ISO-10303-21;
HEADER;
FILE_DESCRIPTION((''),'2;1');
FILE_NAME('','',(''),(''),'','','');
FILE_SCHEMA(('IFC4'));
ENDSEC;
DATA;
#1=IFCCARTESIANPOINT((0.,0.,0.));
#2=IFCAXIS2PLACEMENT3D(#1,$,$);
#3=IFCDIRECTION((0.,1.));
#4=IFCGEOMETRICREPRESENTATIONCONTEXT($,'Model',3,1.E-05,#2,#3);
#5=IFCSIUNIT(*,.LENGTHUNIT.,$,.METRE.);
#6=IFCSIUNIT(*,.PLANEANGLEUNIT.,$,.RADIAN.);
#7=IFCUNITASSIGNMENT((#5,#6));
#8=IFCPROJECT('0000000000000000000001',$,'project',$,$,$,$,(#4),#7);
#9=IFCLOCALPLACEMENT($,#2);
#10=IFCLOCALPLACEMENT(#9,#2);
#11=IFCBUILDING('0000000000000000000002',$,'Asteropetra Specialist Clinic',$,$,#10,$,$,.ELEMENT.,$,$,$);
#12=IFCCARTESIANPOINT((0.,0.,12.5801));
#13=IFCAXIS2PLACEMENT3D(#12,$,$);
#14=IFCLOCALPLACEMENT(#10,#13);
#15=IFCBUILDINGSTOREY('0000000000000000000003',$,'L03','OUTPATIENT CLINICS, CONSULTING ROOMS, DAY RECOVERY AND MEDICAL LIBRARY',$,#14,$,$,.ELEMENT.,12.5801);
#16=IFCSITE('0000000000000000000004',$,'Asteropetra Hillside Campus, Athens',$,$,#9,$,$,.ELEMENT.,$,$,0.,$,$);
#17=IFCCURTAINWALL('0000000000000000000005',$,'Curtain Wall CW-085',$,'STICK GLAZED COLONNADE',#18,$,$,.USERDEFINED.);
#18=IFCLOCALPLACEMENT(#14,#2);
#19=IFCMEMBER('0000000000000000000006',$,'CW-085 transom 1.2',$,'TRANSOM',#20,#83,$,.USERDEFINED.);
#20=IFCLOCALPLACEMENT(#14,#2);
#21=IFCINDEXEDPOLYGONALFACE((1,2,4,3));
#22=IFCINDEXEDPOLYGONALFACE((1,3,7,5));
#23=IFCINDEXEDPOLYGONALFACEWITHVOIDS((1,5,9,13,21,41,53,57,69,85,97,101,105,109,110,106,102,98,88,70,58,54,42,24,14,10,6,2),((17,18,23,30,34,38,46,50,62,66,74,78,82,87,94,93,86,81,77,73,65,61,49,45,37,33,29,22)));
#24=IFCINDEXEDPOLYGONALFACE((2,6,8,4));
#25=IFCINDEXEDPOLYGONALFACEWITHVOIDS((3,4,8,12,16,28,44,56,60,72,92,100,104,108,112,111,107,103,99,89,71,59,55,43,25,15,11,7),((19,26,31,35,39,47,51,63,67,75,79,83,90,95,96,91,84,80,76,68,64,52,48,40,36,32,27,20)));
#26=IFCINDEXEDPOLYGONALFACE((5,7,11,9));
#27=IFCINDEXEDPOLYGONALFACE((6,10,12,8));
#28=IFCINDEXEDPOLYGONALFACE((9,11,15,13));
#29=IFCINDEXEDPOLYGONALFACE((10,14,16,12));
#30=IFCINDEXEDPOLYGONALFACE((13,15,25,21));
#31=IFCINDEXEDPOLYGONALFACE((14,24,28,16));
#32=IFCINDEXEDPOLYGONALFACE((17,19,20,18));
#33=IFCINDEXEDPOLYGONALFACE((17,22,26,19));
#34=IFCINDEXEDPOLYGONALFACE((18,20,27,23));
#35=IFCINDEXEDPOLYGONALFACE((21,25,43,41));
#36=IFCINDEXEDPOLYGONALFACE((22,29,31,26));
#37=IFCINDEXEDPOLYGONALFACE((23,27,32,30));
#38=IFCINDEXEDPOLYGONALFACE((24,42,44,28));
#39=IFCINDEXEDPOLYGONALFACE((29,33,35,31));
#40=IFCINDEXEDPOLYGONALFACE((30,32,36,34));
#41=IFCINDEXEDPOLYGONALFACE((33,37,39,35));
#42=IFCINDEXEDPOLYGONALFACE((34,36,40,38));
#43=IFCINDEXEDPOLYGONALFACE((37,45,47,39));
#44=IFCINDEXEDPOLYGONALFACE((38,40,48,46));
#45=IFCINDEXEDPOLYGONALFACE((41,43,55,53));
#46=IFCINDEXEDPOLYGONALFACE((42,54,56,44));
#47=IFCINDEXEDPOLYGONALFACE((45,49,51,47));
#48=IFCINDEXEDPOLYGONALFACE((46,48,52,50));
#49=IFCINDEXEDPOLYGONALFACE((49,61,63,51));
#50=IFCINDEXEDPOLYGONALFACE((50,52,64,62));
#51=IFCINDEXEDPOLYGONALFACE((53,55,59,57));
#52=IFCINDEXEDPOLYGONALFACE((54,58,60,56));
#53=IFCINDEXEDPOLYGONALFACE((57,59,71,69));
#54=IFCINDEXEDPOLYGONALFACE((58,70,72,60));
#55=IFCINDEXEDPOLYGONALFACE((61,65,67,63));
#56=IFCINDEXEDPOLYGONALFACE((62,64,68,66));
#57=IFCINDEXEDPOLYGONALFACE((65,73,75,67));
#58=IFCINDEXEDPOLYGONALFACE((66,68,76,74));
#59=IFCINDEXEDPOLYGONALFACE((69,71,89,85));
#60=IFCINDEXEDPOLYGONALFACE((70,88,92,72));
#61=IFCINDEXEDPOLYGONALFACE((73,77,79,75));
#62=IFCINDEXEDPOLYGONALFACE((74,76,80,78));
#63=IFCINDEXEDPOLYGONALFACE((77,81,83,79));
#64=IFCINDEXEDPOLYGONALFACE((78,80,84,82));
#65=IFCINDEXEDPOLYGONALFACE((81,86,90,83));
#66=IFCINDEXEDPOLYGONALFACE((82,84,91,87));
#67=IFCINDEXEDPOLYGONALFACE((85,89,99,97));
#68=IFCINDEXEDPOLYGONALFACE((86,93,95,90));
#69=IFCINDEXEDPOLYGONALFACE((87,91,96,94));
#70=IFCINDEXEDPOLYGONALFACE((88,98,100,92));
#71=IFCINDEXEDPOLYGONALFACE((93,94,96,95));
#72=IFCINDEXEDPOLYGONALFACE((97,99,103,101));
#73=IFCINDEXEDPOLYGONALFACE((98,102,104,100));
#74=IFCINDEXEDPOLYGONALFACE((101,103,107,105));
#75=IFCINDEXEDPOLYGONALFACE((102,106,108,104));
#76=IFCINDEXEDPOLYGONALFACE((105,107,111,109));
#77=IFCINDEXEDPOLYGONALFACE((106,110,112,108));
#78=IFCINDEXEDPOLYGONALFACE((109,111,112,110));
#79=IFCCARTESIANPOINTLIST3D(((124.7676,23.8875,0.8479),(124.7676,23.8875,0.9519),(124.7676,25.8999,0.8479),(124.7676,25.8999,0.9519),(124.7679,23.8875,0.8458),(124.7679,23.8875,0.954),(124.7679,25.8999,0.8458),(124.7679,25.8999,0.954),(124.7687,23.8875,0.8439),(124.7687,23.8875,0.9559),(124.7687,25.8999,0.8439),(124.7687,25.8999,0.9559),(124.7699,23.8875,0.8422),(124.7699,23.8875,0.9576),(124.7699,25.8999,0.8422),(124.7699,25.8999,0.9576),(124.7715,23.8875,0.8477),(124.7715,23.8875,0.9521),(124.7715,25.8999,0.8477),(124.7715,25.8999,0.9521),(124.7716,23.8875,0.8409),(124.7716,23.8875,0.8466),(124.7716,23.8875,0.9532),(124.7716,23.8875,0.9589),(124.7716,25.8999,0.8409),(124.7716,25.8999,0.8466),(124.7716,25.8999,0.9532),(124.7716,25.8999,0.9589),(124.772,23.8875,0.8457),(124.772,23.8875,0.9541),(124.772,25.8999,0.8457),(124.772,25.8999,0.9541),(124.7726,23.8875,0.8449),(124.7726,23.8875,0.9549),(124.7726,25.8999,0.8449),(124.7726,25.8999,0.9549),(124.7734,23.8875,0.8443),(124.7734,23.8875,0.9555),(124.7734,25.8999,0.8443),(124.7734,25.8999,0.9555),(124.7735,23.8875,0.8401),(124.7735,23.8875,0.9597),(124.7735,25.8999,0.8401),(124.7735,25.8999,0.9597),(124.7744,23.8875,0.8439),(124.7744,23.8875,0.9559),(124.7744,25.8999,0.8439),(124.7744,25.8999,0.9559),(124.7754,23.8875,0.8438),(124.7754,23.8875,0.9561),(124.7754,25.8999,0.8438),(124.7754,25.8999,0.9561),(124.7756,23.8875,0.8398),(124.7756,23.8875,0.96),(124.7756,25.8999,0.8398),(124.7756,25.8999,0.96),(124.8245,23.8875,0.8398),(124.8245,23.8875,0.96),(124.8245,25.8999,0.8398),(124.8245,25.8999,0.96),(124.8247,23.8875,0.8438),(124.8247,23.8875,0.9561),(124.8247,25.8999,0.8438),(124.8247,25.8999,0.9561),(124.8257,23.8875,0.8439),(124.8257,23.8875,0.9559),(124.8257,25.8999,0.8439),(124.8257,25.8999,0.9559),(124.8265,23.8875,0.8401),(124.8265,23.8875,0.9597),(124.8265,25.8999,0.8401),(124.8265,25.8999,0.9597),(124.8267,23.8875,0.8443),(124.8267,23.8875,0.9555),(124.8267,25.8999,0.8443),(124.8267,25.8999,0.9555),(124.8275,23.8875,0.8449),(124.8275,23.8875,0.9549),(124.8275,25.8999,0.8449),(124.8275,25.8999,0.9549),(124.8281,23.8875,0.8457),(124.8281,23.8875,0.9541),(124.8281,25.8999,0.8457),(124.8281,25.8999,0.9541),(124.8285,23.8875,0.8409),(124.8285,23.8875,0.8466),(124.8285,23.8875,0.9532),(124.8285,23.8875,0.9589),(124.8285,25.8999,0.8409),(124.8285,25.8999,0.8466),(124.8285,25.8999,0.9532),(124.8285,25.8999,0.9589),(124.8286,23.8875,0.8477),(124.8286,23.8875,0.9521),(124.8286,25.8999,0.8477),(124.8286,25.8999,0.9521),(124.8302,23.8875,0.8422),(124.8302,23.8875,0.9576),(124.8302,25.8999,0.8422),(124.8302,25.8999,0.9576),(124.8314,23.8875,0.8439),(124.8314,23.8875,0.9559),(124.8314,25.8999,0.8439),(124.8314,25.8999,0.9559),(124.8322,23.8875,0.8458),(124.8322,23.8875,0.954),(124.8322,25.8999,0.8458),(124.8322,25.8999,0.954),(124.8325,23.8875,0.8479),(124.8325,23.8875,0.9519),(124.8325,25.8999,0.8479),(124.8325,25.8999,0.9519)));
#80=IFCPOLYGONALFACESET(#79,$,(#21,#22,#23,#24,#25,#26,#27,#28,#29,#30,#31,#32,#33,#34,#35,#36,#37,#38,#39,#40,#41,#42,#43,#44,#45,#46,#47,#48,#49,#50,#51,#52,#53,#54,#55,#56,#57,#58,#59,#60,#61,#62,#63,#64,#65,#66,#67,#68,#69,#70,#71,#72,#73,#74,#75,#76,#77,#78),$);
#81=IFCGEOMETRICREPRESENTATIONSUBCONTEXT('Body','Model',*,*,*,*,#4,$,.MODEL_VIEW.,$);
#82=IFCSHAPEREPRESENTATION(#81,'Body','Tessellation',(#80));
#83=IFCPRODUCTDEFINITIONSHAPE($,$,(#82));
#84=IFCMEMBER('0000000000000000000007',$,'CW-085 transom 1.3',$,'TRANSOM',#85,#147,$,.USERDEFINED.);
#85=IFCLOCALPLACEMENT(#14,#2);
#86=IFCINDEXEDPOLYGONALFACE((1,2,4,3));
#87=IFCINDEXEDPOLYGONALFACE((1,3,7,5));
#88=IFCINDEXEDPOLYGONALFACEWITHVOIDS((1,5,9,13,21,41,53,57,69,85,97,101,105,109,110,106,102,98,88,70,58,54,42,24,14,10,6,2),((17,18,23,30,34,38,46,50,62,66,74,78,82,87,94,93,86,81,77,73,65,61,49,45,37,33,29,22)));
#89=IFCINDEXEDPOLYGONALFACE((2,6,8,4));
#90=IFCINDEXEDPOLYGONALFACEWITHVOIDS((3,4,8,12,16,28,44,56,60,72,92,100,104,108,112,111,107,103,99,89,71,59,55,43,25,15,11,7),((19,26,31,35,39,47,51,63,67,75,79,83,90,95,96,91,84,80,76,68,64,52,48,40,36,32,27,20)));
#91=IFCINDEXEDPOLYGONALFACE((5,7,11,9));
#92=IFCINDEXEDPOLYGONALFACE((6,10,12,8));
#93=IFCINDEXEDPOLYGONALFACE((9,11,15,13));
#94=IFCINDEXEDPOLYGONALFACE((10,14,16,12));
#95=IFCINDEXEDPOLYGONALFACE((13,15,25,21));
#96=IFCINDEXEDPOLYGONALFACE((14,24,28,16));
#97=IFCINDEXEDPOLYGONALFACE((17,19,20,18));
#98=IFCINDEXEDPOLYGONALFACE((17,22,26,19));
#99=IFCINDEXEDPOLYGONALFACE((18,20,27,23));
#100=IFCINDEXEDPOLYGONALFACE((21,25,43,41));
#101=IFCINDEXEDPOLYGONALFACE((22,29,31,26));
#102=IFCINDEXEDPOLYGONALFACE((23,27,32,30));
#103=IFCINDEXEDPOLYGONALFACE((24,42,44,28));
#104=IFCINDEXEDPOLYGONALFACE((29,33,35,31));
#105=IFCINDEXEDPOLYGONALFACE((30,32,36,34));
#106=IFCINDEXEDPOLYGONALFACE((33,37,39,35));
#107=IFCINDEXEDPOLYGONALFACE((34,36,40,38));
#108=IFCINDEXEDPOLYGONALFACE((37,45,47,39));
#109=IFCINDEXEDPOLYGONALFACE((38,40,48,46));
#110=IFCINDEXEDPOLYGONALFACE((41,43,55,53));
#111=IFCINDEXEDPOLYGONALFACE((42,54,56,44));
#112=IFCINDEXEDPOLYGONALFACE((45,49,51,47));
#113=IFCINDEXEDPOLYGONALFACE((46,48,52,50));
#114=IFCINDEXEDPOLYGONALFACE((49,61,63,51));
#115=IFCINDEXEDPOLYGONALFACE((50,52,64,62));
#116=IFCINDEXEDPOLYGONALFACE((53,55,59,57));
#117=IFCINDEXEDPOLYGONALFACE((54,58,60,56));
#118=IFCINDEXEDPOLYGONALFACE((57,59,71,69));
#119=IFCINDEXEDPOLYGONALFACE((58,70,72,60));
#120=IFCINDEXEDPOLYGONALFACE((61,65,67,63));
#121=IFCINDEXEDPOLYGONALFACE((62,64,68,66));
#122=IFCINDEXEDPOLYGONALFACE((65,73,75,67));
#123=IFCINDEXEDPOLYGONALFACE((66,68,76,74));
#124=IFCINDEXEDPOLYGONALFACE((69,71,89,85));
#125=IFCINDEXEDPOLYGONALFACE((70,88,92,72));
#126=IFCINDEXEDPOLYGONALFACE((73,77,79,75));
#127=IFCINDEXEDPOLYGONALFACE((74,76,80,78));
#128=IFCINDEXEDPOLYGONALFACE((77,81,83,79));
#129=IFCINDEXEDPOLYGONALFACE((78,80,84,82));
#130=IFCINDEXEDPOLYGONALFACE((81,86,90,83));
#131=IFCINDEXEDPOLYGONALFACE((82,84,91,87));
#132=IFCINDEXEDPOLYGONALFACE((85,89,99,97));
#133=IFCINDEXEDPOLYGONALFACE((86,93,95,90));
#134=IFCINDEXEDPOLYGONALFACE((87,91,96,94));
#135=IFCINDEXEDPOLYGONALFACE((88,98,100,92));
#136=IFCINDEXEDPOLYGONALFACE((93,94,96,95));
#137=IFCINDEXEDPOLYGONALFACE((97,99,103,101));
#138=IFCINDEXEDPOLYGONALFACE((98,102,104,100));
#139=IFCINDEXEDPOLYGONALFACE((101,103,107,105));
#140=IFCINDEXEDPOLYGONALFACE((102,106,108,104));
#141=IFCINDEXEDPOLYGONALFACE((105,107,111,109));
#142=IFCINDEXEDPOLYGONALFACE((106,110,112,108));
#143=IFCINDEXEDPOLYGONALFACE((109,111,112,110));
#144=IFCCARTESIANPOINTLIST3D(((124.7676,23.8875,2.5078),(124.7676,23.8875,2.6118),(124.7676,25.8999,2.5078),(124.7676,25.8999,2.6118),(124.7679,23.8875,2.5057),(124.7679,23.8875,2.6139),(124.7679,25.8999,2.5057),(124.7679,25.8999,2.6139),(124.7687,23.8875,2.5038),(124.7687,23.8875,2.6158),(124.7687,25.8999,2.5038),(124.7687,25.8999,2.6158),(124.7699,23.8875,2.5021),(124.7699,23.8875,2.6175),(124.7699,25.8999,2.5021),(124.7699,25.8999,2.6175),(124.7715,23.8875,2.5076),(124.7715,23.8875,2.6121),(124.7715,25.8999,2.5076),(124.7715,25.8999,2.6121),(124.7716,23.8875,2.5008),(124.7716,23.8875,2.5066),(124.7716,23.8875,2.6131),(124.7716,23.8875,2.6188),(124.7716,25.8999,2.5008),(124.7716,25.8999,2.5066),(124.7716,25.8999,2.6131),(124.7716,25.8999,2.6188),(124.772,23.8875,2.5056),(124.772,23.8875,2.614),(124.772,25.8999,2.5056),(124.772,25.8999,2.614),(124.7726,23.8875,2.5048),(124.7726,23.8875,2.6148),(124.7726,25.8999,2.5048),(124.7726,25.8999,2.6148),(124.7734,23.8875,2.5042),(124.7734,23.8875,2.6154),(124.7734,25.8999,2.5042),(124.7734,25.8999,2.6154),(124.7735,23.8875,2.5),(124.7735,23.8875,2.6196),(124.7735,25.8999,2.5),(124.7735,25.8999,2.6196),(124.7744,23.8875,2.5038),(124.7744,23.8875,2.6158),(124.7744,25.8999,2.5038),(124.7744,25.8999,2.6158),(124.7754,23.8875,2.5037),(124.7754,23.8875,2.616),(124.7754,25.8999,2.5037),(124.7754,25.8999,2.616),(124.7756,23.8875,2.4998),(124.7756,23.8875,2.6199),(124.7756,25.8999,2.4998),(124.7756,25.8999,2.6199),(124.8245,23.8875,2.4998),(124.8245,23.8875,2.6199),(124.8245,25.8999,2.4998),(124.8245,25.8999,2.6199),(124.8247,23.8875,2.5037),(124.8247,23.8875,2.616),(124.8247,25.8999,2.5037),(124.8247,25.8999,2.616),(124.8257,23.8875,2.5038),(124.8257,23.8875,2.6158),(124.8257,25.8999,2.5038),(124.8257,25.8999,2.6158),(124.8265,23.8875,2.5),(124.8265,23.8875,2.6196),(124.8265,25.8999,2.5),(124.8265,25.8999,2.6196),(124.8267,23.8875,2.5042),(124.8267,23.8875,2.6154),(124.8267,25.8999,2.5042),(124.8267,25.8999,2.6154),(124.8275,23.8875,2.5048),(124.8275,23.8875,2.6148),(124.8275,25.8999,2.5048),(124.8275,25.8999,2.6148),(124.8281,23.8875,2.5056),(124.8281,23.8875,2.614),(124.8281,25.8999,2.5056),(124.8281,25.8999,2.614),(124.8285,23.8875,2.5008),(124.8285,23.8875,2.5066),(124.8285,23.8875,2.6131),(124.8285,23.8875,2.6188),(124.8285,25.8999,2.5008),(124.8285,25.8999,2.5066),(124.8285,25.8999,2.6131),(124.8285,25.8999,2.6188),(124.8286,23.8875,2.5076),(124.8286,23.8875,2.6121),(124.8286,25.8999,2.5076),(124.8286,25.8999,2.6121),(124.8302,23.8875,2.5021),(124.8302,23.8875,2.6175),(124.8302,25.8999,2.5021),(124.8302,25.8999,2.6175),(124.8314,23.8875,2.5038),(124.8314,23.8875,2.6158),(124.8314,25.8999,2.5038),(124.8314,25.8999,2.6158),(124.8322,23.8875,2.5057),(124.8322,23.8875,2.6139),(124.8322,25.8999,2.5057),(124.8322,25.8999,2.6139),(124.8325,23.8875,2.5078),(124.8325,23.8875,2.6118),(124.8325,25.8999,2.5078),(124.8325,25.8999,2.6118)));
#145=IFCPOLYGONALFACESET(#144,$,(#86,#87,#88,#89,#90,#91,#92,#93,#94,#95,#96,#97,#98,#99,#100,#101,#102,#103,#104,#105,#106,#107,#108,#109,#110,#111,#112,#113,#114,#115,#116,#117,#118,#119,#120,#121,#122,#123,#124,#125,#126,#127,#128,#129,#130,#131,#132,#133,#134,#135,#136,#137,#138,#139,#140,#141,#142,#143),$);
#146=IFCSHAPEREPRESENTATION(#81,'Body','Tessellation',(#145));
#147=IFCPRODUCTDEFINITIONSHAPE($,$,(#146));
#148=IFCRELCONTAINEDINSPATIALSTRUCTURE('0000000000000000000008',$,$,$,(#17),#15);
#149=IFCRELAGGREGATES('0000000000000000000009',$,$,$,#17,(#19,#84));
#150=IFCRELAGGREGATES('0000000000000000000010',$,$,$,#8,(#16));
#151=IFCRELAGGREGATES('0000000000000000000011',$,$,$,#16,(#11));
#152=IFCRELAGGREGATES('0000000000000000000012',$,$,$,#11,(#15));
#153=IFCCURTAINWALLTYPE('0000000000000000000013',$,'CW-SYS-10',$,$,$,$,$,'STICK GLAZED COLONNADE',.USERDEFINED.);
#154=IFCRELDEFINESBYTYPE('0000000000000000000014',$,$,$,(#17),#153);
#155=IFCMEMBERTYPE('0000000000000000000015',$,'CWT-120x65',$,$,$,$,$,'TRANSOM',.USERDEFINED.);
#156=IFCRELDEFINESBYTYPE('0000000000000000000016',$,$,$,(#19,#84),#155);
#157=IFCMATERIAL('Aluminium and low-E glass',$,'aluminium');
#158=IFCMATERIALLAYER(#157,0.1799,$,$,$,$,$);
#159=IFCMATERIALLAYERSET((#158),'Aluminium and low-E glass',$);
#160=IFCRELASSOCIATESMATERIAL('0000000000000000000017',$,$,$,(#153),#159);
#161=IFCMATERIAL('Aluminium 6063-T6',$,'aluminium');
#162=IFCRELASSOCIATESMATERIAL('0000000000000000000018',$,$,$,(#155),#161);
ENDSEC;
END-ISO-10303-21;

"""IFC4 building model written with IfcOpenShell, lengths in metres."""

from ifc_helpers import new_model, si_unit, direction, frame, origin, origin_2d, place, context, subcontext, project, spatial, hollow_rectangle, extrude, material, layer, layer_set, material_profile, profile_set, type_object, element, aggregate, save


model = new_model("IFC4")

# Units and contexts
model_context = context("Model", 3, precision=1e-05, world=origin(), true_north=direction((0.0, 1.0)))
body_context = subcontext(model_context, "Body", "Model", "MODEL_VIEW")
ifc_project = project(units=[si_unit("LENGTHUNIT", "METRE"), si_unit("PLANEANGLEUNIT", "RADIAN")], contexts=[model_context])

# Site, building, storey
site_placement = place(None, origin())
site = spatial("IfcSite", under=ifc_project, at=site_placement, Name="Asteropetra Hillside Campus, Athens", CompositionType="ELEMENT", RefElevation=0.0)
building_placement = place(site_placement, origin())
building = spatial("IfcBuilding", under=site, at=building_placement, Name="Asteropetra Specialist Clinic", CompositionType="ELEMENT")
storey_placement = place(building_placement, frame((0.0, 0.0, 12.5801)))
storey = spatial("IfcBuildingStorey", under=building, at=storey_placement, Name="L03", Description="OUTPATIENT CLINICS, CONSULTING ROOMS, DAY RECOVERY AND MEDICAL LIBRARY", CompositionType="ELEMENT", Elevation=12.5801)

# Curtain wall
ifc_material_1 = material(Name="Aluminium and low-E glass", Category="aluminium")
ifc_layer_1 = layer(ifc_material_1, 0.1799)
ifc_layer_set_1 = layer_set([ifc_layer_1], Name="Aluminium and low-E glass")
curtain_wall_type_1 = type_object("IfcCurtainWallType", Name="CW-SYS-10", ElementType="STICK GLAZED COLONNADE", PredefinedType="USERDEFINED", material=ifc_layer_set_1)
curtain_wall_1_placement = place(storey_placement, origin())
curtain_wall_1 = element("IfcCurtainWall", 1, at=curtain_wall_1_placement, inside=storey, type_object=curtain_wall_type_1, Name="Curtain Wall CW-085", ObjectType="STICK GLAZED COLONNADE", PredefinedType="USERDEFINED")

# Members
ifc_material_2 = material(Name="Aluminium 6063-T6", Category="aluminium")
ifc_material_profile_1 = material_profile(ifc_material_2, hollow_rectangle(XDim=0.0649, YDim=0.1201, WallThickness=0.0039, InnerFilletRadius=0.0039, OuterFilletRadius=0.0081, at=origin_2d()), Name="TRN 120x65x4.0")
ifc_profile_set_1 = profile_set([ifc_material_profile_1], Name="Aluminium 6063-T6")
member_type_1 = type_object("IfcMemberType", Name="CWT-120x65", ElementType="TRANSOM", PredefinedType="USERDEFINED", material=ifc_profile_set_1)
member_1_placement = place(storey_placement, frame((124.8, 25.8999, 0.8999), z_axis=(0.0, -1.0, 0.0), x_axis=(1.0, 0.0, 0.0)))
member_1 = element("IfcMember", 2, at=member_1_placement, type_object=member_type_1, Name="CW-085 transom 1.2", ObjectType="TRANSOM", PredefinedType="USERDEFINED", context=body_context, shape_type="SweptSolid", body=[
    extrude(hollow_rectangle(XDim=0.0649, YDim=0.1201, WallThickness=0.0039, InnerFilletRadius=0.0039, OuterFilletRadius=0.0081, at=origin_2d()), origin(), (0.0, 0.0, 1.0), 2.0125),
])
member_2_placement = place(storey_placement, frame((124.8, 25.8999, 2.5598), z_axis=(0.0, -1.0, 0.0), x_axis=(1.0, 0.0, 0.0)))
member_2 = element("IfcMember", 3, at=member_2_placement, type_object=member_type_1, Name="CW-085 transom 1.3", ObjectType="TRANSOM", PredefinedType="USERDEFINED", context=body_context, shape_type="SweptSolid", body=[
    extrude(hollow_rectangle(XDim=0.0649, YDim=0.1201, WallThickness=0.0039, InnerFilletRadius=0.0039, OuterFilletRadius=0.0081, at=origin_2d()), origin(), (0.0, 0.0, 1.0), 2.0125),
])

aggregate(curtain_wall_1, [member_1, member_2])

save(model, "model.ifc")
